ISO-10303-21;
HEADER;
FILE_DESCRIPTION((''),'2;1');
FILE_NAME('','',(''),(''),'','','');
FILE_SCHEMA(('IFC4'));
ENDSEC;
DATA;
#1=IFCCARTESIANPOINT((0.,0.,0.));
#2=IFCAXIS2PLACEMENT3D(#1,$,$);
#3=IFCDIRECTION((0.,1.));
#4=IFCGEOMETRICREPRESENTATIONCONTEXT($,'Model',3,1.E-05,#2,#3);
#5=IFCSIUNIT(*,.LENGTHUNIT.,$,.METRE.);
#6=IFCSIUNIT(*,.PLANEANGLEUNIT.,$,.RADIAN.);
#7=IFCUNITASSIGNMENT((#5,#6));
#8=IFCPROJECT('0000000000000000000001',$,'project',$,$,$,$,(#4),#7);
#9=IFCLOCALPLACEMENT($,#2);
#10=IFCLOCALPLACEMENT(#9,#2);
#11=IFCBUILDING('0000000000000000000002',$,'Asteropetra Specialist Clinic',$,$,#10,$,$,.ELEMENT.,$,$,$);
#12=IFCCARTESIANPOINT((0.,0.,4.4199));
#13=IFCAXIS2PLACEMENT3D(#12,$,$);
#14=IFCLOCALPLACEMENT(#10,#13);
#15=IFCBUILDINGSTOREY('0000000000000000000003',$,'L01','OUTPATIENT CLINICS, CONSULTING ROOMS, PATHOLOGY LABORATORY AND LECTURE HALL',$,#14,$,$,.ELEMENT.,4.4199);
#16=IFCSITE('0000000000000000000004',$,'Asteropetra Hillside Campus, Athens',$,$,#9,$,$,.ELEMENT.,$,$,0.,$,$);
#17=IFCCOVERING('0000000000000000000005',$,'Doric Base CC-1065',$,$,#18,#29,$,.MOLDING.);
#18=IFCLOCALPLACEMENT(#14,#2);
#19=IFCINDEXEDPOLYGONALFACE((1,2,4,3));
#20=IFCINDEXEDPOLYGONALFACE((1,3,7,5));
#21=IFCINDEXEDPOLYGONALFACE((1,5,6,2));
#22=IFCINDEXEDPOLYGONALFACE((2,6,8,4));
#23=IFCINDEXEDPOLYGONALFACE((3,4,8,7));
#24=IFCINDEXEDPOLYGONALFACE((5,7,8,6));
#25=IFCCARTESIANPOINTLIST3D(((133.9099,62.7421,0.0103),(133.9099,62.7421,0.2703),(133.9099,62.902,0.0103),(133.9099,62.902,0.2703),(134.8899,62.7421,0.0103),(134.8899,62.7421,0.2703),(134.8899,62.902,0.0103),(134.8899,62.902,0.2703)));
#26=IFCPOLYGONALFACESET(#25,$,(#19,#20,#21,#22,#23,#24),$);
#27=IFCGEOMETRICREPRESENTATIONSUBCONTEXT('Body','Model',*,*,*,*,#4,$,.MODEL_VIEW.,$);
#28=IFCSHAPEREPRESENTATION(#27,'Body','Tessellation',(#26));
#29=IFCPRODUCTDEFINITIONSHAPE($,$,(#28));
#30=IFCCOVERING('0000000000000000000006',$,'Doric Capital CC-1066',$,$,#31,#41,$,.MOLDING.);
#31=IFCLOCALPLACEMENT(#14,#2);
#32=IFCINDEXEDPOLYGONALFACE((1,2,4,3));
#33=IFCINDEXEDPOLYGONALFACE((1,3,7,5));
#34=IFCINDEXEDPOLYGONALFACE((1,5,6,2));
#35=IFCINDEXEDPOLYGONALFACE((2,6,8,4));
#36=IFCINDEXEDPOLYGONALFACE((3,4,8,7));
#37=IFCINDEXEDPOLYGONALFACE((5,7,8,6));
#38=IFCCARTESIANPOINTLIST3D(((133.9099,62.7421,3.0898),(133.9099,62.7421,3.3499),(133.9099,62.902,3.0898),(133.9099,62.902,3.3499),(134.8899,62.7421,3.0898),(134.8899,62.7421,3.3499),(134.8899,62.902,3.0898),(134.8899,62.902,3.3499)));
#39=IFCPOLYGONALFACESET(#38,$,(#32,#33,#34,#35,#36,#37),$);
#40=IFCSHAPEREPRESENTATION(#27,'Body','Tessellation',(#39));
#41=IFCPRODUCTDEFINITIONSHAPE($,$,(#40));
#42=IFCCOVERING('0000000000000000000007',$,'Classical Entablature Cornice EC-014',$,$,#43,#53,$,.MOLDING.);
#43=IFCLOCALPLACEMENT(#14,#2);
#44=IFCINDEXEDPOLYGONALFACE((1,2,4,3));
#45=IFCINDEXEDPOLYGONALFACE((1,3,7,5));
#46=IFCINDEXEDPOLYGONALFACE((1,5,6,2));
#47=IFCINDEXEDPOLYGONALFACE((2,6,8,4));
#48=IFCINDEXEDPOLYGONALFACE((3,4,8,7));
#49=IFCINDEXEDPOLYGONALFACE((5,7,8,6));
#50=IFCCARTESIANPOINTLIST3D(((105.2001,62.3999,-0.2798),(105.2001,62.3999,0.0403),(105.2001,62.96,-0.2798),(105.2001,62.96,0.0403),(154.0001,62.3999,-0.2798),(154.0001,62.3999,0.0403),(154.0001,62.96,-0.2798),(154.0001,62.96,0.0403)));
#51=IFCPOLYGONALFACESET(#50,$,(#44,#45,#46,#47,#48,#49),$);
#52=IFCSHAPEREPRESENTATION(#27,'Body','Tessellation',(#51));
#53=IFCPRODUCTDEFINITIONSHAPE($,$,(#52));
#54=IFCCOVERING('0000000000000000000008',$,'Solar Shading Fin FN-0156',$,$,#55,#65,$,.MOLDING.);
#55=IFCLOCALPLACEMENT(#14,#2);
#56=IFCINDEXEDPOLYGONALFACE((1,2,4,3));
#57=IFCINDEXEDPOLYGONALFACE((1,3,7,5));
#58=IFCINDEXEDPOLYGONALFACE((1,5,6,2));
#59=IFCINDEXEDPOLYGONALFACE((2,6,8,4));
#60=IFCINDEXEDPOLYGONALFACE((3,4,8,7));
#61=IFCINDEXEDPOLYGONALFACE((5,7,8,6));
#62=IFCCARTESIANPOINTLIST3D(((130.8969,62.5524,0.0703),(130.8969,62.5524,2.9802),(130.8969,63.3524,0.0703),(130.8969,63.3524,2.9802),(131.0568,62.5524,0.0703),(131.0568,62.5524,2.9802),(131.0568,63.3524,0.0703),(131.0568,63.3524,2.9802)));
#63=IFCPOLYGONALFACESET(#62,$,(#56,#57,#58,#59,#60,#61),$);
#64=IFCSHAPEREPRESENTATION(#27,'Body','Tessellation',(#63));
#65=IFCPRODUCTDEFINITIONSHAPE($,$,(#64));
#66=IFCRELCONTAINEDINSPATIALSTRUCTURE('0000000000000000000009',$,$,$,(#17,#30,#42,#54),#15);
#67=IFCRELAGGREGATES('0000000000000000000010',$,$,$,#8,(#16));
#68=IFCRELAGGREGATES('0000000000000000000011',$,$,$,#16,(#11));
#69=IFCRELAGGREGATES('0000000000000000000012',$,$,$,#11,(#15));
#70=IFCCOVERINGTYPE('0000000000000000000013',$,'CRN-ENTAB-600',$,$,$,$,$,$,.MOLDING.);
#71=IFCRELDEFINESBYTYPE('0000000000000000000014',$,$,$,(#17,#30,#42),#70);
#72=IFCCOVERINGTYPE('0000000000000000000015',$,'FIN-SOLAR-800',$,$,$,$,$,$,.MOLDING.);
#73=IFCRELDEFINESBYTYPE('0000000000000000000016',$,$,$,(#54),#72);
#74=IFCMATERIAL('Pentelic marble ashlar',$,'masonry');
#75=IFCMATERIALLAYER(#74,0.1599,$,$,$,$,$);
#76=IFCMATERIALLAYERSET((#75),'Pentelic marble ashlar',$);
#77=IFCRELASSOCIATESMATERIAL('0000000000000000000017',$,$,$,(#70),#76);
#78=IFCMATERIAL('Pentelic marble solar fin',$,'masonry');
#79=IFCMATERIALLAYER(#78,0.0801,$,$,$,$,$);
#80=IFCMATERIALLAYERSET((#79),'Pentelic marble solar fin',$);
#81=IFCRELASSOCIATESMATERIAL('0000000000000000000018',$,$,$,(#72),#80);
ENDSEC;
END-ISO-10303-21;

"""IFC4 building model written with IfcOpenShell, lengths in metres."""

from ifc_helpers import new_model, si_unit, direction, frame, origin, origin_2d, place, context, subcontext, project, spatial, rectangle, extrude, material, layer, layer_set, type_object, element, save


model = new_model("IFC4")

# Units and contexts
model_context = context("Model", 3, precision=1e-05, world=origin(), true_north=direction((0.0, 1.0)))
body_context = subcontext(model_context, "Body", "Model", "MODEL_VIEW")
ifc_project = project(units=[si_unit("LENGTHUNIT", "METRE"), si_unit("PLANEANGLEUNIT", "RADIAN")], contexts=[model_context])

# Site, building, storey
site_placement = place(None, origin())
site = spatial("IfcSite", under=ifc_project, at=site_placement, Name="Asteropetra Hillside Campus, Athens", CompositionType="ELEMENT", RefElevation=0.0)
building_placement = place(site_placement, origin())
building = spatial("IfcBuilding", under=site, at=building_placement, Name="Asteropetra Specialist Clinic", CompositionType="ELEMENT")
storey_placement = place(building_placement, frame((0.0, 0.0, 4.4199)))
storey = spatial("IfcBuildingStorey", under=building, at=storey_placement, Name="L01", Description="OUTPATIENT CLINICS, CONSULTING ROOMS, PATHOLOGY LABORATORY AND LECTURE HALL", CompositionType="ELEMENT", Elevation=4.4199)

# Coverings
ifc_material_1 = material(Name="Pentelic marble ashlar", Category="masonry")
ifc_layer_1 = layer(ifc_material_1, 0.1599)
ifc_layer_set_1 = layer_set([ifc_layer_1], Name="Pentelic marble ashlar")
covering_type_1 = type_object("IfcCoveringType", Name="CRN-ENTAB-600", PredefinedType="MOLDING", material=ifc_layer_set_1)
for number, where, z_axis, x_axis, name in (
    (1, (134.3999, 62.822, 0.0103), (0.0, 0.0, 1.0), (1.0, 0.0, 0.0), "Doric Base CC-1065"),
    (2, (134.3999, 62.822, 3.0898), (0.0, 0.0, 1.0), (1.0, 0.0, 0.0), "Doric Capital CC-1066"),
):
    element("IfcCovering", number, at=place(storey_placement, frame(where, z_axis=z_axis, x_axis=x_axis)), inside=storey, type_object=covering_type_1, Name=name, PredefinedType="MOLDING", context=body_context, shape_type="SweptSolid", body=[
        extrude(rectangle(XDim=0.98, YDim=0.1599, at=origin_2d()), origin(), (0.0, 0.0, 1.0), 0.26),
    ])
covering_1_placement = place(storey_placement, frame((129.6001, 62.6799, -0.2798), z_axis=(0.0, 0.0, 1.0), x_axis=(1.0, 0.0, 0.0)))
element("IfcCovering", 3, at=covering_1_placement, inside=storey, type_object=covering_type_1, Name="Classical Entablature Cornice EC-014", PredefinedType="MOLDING", context=body_context, shape_type="SweptSolid", body=[
    extrude(rectangle(XDim=48.8, YDim=0.5601, at=origin_2d()), origin(), (0.0, 0.0, 1.0), 0.3201),
])
ifc_material_2 = material(Name="Pentelic marble solar fin", Category="masonry")
ifc_layer_2 = layer(ifc_material_2, 0.0801)
ifc_layer_set_2 = layer_set([ifc_layer_2], Name="Pentelic marble solar fin")
covering_type_2 = type_object("IfcCoveringType", Name="FIN-SOLAR-800", PredefinedType="MOLDING", material=ifc_layer_set_2)
covering_2_placement = place(storey_placement, frame((130.9768, 62.9524, 0.0703), z_axis=(0.0, 0.0, 1.0), x_axis=(1.0, 0.0, 0.0)))
element("IfcCovering", 4, at=covering_2_placement, inside=storey, type_object=covering_type_2, Name="Solar Shading Fin FN-0156", PredefinedType="MOLDING", context=body_context, shape_type="SweptSolid", body=[
    extrude(rectangle(XDim=0.1599, YDim=0.8, at=origin_2d()), origin(), (0.0, 0.0, 1.0), 2.9099),
])

save(model, "model.ifc")
